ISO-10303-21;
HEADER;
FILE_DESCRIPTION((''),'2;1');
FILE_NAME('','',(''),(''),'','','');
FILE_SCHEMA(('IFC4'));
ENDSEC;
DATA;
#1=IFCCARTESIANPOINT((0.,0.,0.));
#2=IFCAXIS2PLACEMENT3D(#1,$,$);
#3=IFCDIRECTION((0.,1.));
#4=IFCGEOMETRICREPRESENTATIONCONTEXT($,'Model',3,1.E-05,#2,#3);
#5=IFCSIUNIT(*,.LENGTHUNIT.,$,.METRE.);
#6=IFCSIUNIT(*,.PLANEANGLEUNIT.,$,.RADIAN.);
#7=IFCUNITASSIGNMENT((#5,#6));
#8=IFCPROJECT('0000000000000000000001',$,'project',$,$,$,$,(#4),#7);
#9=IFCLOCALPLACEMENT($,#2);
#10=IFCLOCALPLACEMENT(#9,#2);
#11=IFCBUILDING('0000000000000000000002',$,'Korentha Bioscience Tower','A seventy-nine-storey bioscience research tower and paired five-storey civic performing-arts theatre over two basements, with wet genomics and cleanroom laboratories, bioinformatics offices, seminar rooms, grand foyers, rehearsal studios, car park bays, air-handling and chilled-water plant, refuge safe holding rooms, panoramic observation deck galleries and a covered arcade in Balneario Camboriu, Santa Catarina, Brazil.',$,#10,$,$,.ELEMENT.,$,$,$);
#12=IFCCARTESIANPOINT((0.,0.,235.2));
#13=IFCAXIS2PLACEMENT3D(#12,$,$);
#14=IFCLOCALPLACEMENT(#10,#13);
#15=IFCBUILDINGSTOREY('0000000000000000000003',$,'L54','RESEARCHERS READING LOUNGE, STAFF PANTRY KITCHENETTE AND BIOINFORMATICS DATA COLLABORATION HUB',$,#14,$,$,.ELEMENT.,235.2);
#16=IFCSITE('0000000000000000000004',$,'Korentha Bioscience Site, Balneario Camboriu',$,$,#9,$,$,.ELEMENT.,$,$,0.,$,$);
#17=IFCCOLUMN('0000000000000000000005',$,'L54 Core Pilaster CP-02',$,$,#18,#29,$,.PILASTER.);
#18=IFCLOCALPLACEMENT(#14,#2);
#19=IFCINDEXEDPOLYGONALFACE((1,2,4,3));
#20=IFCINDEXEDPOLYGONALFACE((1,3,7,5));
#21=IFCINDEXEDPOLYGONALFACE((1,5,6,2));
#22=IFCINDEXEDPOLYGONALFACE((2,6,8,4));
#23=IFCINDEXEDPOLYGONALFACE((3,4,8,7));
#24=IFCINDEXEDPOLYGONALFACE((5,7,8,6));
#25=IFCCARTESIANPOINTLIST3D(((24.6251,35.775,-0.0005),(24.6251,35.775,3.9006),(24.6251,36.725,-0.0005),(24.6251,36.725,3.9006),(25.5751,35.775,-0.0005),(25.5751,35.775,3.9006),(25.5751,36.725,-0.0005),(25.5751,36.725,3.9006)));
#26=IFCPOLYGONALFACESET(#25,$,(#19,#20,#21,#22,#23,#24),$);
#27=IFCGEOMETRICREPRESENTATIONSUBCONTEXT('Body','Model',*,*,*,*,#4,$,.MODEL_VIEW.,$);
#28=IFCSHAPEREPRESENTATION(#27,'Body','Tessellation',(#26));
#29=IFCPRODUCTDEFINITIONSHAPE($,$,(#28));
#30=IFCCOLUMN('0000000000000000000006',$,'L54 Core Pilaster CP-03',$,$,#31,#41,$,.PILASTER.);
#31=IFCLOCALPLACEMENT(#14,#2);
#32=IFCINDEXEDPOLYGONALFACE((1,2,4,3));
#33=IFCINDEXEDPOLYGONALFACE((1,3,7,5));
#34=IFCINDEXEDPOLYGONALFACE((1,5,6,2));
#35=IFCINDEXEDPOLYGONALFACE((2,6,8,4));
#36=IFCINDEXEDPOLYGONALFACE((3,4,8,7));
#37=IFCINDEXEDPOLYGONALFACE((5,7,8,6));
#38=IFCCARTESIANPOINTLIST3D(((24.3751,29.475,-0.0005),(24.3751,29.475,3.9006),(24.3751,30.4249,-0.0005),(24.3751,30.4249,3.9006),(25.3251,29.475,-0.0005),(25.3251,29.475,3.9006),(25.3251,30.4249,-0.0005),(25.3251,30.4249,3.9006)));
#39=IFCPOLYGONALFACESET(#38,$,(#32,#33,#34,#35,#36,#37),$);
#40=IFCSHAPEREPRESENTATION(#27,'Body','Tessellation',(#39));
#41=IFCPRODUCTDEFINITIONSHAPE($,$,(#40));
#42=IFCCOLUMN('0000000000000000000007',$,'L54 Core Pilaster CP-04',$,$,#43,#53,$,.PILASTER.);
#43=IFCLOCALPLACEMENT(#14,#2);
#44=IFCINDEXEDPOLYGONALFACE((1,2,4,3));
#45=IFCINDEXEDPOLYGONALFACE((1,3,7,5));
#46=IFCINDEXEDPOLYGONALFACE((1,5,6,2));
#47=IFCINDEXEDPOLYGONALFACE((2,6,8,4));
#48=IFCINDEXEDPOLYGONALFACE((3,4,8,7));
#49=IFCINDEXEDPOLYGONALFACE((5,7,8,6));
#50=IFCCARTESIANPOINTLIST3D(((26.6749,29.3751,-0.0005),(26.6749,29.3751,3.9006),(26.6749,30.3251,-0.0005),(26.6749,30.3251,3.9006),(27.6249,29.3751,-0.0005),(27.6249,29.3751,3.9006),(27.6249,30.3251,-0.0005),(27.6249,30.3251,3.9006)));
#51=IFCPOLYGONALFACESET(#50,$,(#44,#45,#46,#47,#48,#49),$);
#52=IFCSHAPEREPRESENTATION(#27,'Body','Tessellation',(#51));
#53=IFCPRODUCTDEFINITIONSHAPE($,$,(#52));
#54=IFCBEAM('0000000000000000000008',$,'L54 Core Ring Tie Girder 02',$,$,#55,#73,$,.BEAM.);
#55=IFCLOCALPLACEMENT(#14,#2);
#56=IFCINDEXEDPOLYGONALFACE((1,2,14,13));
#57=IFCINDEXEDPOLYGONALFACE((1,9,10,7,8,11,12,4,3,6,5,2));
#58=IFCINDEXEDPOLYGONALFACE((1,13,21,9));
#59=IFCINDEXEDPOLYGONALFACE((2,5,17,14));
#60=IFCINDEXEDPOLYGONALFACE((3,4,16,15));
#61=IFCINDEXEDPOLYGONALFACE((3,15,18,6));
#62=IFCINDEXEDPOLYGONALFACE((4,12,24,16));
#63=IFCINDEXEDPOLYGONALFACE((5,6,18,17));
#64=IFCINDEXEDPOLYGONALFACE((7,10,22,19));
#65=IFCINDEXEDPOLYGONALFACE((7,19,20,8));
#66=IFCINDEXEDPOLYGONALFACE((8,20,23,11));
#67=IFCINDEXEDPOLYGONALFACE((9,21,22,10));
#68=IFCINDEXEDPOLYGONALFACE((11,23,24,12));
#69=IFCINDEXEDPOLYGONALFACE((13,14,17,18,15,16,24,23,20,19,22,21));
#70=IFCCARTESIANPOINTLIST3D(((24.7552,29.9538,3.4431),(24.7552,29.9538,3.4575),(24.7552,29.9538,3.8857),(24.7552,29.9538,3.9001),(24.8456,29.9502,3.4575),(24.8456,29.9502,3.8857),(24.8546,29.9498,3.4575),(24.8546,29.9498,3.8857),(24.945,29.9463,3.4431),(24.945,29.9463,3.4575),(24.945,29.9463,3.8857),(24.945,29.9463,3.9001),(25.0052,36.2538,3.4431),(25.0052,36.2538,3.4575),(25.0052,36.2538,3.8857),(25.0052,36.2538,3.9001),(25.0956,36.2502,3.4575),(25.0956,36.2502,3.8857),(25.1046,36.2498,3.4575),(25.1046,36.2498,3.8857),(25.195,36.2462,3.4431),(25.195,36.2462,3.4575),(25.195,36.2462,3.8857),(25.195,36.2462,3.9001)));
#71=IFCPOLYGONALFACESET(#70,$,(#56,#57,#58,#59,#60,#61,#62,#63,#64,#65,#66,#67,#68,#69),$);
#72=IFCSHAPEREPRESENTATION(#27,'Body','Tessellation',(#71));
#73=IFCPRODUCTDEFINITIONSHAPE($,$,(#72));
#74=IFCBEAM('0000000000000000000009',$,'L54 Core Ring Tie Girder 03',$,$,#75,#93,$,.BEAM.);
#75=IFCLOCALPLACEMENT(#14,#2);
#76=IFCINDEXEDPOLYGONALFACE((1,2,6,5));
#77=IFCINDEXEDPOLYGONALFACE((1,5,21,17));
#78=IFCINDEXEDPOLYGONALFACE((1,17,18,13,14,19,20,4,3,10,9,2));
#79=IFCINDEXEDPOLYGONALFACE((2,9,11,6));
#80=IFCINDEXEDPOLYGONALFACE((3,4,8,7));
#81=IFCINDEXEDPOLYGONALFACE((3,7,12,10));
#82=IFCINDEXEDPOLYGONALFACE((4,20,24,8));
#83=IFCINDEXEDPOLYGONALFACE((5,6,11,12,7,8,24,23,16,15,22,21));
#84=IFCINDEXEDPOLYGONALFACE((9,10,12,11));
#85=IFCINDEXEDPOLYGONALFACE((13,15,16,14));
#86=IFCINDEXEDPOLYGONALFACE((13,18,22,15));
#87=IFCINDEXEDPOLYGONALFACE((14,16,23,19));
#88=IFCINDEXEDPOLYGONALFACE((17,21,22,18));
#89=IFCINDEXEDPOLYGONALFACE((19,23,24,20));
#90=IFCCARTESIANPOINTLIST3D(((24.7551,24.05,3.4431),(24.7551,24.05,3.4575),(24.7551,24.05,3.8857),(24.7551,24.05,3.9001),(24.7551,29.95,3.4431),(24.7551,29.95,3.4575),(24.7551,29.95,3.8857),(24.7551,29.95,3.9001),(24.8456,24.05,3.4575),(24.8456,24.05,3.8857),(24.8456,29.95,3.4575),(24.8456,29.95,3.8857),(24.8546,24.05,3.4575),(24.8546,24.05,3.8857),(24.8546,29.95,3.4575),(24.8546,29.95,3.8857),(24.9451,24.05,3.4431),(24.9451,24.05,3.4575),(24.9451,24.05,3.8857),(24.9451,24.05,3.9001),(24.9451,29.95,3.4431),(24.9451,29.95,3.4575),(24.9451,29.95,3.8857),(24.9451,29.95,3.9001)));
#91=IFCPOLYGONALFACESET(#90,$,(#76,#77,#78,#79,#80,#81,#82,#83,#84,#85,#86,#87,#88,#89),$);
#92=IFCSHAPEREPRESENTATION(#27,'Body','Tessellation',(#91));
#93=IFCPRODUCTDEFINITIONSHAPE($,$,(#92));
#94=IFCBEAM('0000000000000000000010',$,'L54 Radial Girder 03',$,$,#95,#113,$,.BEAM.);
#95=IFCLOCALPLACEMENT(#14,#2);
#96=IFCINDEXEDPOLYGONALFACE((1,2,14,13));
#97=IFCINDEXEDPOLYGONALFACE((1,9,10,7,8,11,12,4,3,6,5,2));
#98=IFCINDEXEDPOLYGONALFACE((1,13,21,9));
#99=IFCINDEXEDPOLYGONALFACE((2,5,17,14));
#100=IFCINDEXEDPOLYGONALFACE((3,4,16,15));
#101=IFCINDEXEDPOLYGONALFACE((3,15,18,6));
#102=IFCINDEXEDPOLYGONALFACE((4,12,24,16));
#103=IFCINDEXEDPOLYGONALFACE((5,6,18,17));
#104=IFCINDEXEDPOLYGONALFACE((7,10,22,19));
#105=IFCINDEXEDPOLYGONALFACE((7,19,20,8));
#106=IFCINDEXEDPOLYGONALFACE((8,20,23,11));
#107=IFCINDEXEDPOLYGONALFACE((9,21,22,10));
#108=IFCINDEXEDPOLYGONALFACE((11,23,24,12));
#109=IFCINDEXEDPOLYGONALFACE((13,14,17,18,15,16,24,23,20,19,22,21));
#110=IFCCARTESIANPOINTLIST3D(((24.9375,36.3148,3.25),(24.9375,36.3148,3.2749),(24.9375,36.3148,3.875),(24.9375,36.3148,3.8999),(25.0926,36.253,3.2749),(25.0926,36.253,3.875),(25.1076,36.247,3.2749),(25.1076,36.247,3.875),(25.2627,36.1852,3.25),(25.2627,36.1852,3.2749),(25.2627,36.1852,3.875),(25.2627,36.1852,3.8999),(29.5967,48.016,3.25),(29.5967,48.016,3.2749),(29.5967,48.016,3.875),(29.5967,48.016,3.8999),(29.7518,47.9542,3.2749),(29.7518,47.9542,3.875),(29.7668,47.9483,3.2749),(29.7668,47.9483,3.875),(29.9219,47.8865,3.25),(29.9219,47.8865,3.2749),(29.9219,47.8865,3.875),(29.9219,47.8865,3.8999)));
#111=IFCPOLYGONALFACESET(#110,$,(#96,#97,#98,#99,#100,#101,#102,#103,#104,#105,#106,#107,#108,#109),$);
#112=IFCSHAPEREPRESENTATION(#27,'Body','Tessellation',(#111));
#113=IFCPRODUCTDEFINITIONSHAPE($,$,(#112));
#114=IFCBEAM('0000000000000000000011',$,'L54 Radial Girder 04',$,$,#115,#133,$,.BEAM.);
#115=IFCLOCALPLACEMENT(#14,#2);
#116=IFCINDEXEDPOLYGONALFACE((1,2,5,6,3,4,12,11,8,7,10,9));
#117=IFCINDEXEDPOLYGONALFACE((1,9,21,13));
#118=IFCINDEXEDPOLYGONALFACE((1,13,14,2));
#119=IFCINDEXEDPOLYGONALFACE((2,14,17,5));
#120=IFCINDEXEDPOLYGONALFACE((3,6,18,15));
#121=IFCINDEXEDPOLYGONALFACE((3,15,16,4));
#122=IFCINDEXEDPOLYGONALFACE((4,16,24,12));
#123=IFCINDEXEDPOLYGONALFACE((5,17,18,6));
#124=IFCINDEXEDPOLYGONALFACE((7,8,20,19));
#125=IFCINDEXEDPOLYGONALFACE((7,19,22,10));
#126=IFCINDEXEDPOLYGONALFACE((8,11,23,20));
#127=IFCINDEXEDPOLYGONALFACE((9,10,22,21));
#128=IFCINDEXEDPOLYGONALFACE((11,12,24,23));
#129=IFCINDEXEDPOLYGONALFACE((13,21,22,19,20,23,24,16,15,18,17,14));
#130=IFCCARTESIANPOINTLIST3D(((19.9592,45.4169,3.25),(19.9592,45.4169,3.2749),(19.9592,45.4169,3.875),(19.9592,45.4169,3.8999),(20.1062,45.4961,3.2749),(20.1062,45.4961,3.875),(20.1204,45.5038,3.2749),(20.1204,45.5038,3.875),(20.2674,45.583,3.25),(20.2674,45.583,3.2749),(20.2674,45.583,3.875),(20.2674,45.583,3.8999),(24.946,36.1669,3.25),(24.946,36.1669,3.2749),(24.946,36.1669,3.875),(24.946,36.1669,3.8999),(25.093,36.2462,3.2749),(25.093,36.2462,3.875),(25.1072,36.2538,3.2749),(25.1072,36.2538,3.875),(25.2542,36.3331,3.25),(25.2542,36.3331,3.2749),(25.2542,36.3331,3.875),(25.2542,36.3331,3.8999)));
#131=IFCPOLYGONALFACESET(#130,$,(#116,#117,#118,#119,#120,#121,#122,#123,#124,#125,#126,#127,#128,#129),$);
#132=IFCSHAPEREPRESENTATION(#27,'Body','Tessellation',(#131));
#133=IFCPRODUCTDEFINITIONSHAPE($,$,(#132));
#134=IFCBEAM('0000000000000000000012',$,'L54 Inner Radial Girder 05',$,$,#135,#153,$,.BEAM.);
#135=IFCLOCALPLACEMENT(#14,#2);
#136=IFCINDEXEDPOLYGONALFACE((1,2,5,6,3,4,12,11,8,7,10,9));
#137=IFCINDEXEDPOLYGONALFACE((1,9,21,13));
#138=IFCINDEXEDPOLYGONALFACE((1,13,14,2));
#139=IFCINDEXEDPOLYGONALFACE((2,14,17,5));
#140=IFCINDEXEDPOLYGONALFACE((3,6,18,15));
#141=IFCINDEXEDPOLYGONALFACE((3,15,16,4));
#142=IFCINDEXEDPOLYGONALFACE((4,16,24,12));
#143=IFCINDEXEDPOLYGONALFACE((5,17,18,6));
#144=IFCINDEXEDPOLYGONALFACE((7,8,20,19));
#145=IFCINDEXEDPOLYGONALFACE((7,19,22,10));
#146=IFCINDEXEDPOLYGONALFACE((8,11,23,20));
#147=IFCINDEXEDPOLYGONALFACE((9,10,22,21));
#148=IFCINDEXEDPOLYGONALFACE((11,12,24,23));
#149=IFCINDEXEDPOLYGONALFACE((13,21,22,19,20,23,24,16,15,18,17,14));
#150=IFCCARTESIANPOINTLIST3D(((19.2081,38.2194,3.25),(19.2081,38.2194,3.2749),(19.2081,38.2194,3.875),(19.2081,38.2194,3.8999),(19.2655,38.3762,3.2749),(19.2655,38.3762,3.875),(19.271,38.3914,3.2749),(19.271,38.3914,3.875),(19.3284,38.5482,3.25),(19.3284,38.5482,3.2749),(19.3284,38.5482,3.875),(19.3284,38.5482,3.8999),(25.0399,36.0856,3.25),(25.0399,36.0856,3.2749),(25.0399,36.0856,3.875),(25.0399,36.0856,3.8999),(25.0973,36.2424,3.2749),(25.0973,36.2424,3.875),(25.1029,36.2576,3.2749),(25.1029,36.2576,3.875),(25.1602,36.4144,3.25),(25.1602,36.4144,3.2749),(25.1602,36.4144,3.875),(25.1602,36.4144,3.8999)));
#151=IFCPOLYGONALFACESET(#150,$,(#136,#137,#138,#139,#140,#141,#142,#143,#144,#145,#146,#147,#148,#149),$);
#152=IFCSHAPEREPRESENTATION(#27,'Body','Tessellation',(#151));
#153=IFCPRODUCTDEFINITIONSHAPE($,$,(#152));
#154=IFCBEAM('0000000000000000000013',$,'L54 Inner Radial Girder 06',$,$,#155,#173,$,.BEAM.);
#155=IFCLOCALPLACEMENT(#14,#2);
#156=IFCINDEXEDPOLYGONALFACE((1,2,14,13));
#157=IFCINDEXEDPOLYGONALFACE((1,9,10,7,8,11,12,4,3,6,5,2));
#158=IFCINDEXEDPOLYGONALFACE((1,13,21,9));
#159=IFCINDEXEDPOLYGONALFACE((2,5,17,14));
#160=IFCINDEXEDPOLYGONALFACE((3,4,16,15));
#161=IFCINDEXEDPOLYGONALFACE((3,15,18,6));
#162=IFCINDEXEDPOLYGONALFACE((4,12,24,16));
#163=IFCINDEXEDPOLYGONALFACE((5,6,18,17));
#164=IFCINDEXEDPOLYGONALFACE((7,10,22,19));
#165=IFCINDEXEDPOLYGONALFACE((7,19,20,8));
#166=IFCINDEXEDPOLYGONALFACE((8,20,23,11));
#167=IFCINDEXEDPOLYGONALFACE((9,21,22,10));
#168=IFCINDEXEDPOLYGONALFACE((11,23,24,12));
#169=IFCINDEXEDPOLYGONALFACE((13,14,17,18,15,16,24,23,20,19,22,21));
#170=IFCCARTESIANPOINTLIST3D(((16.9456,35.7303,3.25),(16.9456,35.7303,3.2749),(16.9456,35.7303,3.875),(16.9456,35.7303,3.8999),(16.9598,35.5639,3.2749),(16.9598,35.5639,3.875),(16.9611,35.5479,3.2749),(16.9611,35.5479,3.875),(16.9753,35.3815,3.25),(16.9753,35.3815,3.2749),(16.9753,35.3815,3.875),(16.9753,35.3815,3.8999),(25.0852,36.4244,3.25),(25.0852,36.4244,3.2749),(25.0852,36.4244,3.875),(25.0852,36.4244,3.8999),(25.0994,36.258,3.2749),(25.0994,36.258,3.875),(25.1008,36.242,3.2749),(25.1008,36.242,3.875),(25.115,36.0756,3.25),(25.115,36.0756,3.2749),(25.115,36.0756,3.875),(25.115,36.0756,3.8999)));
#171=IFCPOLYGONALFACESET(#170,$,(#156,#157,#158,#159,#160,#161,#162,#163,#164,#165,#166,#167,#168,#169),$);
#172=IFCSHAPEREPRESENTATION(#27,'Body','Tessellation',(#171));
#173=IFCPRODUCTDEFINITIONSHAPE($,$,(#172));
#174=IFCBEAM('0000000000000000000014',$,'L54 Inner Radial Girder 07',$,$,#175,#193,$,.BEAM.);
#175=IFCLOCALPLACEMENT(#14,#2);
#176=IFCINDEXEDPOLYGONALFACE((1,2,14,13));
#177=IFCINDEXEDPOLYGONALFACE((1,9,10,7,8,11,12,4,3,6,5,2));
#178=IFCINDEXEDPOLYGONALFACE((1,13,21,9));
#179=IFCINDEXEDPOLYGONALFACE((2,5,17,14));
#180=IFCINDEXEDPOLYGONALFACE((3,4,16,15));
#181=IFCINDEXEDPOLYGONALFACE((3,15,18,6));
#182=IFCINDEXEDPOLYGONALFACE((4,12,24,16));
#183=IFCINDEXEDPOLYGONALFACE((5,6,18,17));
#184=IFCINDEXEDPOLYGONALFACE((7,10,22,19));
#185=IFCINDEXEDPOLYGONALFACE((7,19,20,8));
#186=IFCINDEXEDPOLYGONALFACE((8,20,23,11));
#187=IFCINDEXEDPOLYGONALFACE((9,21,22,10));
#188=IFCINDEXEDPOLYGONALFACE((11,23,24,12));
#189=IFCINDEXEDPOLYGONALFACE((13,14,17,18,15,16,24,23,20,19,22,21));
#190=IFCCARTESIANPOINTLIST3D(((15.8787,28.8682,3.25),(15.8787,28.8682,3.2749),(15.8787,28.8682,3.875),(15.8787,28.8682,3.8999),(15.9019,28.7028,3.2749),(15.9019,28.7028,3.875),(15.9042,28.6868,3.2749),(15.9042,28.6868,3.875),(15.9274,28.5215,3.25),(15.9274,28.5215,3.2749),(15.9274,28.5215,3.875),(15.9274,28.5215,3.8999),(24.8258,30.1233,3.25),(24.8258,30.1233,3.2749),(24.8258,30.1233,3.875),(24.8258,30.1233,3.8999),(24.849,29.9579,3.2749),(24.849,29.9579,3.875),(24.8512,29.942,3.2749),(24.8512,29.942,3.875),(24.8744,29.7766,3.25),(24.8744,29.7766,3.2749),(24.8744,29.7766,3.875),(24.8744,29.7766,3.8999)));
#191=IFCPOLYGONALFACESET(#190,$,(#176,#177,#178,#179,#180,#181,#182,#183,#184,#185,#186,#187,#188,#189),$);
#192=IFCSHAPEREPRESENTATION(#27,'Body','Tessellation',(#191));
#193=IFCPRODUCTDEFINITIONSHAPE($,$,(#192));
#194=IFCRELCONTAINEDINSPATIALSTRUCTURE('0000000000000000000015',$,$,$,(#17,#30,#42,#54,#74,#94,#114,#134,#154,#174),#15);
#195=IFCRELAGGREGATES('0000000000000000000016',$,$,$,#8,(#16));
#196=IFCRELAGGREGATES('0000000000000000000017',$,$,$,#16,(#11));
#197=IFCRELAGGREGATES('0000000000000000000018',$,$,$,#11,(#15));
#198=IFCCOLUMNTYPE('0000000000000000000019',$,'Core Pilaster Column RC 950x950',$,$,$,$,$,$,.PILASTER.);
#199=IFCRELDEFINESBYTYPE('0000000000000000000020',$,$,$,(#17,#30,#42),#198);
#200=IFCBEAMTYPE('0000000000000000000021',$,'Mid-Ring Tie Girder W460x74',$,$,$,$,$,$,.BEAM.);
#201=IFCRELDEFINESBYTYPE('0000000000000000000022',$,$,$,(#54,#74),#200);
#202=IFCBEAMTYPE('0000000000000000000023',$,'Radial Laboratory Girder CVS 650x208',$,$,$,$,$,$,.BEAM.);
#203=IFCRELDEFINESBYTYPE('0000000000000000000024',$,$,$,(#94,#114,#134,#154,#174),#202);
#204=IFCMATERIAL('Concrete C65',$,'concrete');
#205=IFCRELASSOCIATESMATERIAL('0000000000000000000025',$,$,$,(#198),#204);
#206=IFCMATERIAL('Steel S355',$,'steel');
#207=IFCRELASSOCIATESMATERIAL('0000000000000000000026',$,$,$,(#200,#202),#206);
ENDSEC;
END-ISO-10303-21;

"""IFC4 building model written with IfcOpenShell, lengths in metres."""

from ifc_helpers import new_model, si_unit, direction, frame, origin, origin_2d, place, context, subcontext, project, spatial, rectangle, i_section, extrude, material, material_profile, profile_set, type_object, element, save


model = new_model("IFC4")

# Units and contexts
model_context = context("Model", 3, precision=1e-05, world=origin(), true_north=direction((0.0, 1.0)))
body_context = subcontext(model_context, "Body", "Model", "MODEL_VIEW")
ifc_project = project(units=[si_unit("LENGTHUNIT", "METRE"), si_unit("PLANEANGLEUNIT", "RADIAN")], contexts=[model_context])

# Site, building, storey
site_placement = place(None, origin())
site = spatial("IfcSite", under=ifc_project, at=site_placement, Name="Korentha Bioscience Site, Balneario Camboriu", CompositionType="ELEMENT", RefElevation=0.0)
building_placement = place(site_placement, origin())
building = spatial("IfcBuilding", under=site, at=building_placement, Name="Korentha Bioscience Tower", Description="A seventy-nine-storey bioscience research tower and paired five-storey civic performing-arts theatre over two basements, with wet genomics and cleanroom laboratories, bioinformatics offices, seminar rooms, grand foyers, rehearsal studios, car park bays, air-handling and chilled-water plant, refuge safe holding rooms, panoramic observation deck galleries and a covered arcade in Balneario Camboriu, Santa Catarina, Brazil.", CompositionType="ELEMENT")
storey_placement = place(building_placement, frame((0.0, 0.0, 235.2)))
storey = spatial("IfcBuildingStorey", under=building, at=storey_placement, Name="L54", Description="RESEARCHERS READING LOUNGE, STAFF PANTRY KITCHENETTE AND BIOINFORMATICS DATA COLLABORATION HUB", CompositionType="ELEMENT", Elevation=235.2)

# Columns
ifc_material_1 = material(Name="Concrete C65", Category="concrete")
ifc_material_profile_1 = material_profile(ifc_material_1, rectangle(XDim=0.95, YDim=0.95, at=origin_2d()), Name="Concrete C65")
ifc_profile_set_1 = profile_set([ifc_material_profile_1], Name="Concrete C65 (COL-CP09)")
column_type = type_object("IfcColumnType", Name="Core Pilaster Column RC 950x950", PredefinedType="PILASTER", material=ifc_profile_set_1)
for number, where, z_axis, x_axis, name in (
    (1, (25.1001, 36.25, -0.0005), (0.0, 0.0, 1.0), (1.0, 0.0, 0.0), "L54 Core Pilaster CP-02"),
    (2, (24.8501, 29.95, -0.0005), (0.0, 0.0, 1.0), (1.0, 0.0, 0.0), "L54 Core Pilaster CP-03"),
    (3, (27.1499, 29.8501, -0.0005), (0.0, 0.0, 1.0), (1.0, 0.0, 0.0), "L54 Core Pilaster CP-04"),
):
    element("IfcColumn", number, at=place(storey_placement, frame(where, z_axis=z_axis, x_axis=x_axis)), inside=storey, type_object=column_type, Name=name, PredefinedType="PILASTER", context=body_context, shape_type="SweptSolid", body=[
        extrude(rectangle(XDim=0.95, YDim=0.95, at=origin_2d()), origin(), (0.0, 0.0, 1.0), 3.9011),
    ])

# Beams
ifc_material_2 = material(Name="Steel S355", Category="steel")
ifc_material_profile_2 = material_profile(ifc_material_2, i_section(OverallWidth=0.1899, OverallDepth=0.457, WebThickness=0.009, FlangeThickness=0.0144, at=origin_2d()), Name="Steel S355")
ifc_profile_set_2 = profile_set([ifc_material_profile_2], Name="Steel S355 (MB-460)")
beam_type_1 = type_object("IfcBeamType", Name="Mid-Ring Tie Girder W460x74", PredefinedType="BEAM", material=ifc_profile_set_2)
beam_1_placement = place(storey_placement, frame((25.1001, 36.25, 3.6716), z_axis=(-0.039651, -0.999214, 0.0), x_axis=(0.999214, -0.039651, 0.0)))
element("IfcBeam", 4, at=beam_1_placement, inside=storey, type_object=beam_type_1, Name="L54 Core Ring Tie Girder 02", PredefinedType="BEAM", context=body_context, shape_type="SweptSolid", body=[
    extrude(i_section(OverallWidth=0.1899, OverallDepth=0.457, WebThickness=0.009, FlangeThickness=0.0144, at=origin_2d()), origin(), (0.0, 0.0, 1.0), 6.3049),
])
beam_2_placement = place(storey_placement, frame((24.8501, 29.95, 3.6716), z_axis=(0.0, -1.0, 0.0), x_axis=(1.0, 0.0, 0.0)))
element("IfcBeam", 5, at=beam_2_placement, inside=storey, type_object=beam_type_1, Name="L54 Core Ring Tie Girder 03", PredefinedType="BEAM", context=body_context, shape_type="SweptSolid", body=[
    extrude(i_section(OverallWidth=0.1899, OverallDepth=0.457, WebThickness=0.009, FlangeThickness=0.0144, at=origin_2d()), origin(), (0.0, 0.0, 1.0), 5.8999),
])
ifc_material_profile_3 = material_profile(ifc_material_2, i_section(OverallWidth=0.3501, OverallDepth=0.6499, WebThickness=0.0161, FlangeThickness=0.0249, at=origin_2d()), Name="Steel S355")
ifc_profile_set_3 = profile_set([ifc_material_profile_3], Name="Steel S355 (RB-650)")
beam_type_2 = type_object("IfcBeamType", Name="Radial Laboratory Girder CVS 650x208", PredefinedType="BEAM", material=ifc_profile_set_3)
beam_3_placement = place(storey_placement, frame((25.1001, 36.25, 3.575), z_axis=(0.369933, 0.929058, 0.0), x_axis=(-0.929058, 0.369933, 0.0)))
element("IfcBeam", 6, at=beam_3_placement, inside=storey, type_object=beam_type_2, Name="L54 Radial Girder 03", PredefinedType="BEAM", context=body_context, shape_type="SweptSolid", body=[
    extrude(i_section(OverallWidth=0.3501, OverallDepth=0.6499, WebThickness=0.0161, FlangeThickness=0.0249, at=origin_2d()), origin(), (0.0, 0.0, 1.0), 12.5947),
])
beam_4_placement = place(storey_placement, frame((25.1001, 36.25, 3.575), z_axis=(-0.474546, 0.880231, 0.0), x_axis=(-0.880231, -0.474546, 0.0)))
element("IfcBeam", 7, at=beam_4_placement, inside=storey, type_object=beam_type_2, Name="L54 Radial Girder 04", PredefinedType="BEAM", context=body_context, shape_type="SweptSolid", body=[
    extrude(i_section(OverallWidth=0.3501, OverallDepth=0.6499, WebThickness=0.0161, FlangeThickness=0.0249, at=origin_2d()), origin(), (0.0, 0.0, 1.0), 10.5085),
])
beam_5_placement = place(storey_placement, frame((25.1001, 36.25, 3.575), z_axis=(-0.939112, 0.343611, 0.0), x_axis=(-0.343611, -0.939112, 0.0)))
element("IfcBeam", 8, at=beam_5_placement, inside=storey, type_object=beam_type_2, Name="L54 Inner Radial Girder 05", PredefinedType="BEAM", context=body_context, shape_type="SweptSolid", body=[
    extrude(i_section(OverallWidth=0.3501, OverallDepth=0.6499, WebThickness=0.0161, FlangeThickness=0.0249, at=origin_2d()), origin(), (0.0, 0.0, 1.0), 6.21),
])
beam_6_placement = place(storey_placement, frame((25.1001, 36.25, 3.575), z_axis=(-0.996384, -0.084965, 0.0), x_axis=(0.084965, -0.996384, 0.0)))
element("IfcBeam", 9, at=beam_6_placement, inside=storey, type_object=beam_type_2, Name="L54 Inner Radial Girder 06", PredefinedType="BEAM", context=body_context, shape_type="SweptSolid", body=[
    extrude(i_section(OverallWidth=0.3501, OverallDepth=0.6499, WebThickness=0.0161, FlangeThickness=0.0249, at=origin_2d()), origin(), (0.0, 0.0, 1.0), 8.1692),
])
beam_7_placement = place(storey_placement, frame((24.8501, 29.95, 3.575), z_axis=(-0.990303, -0.138924, 0.0), x_axis=(0.138924, -0.990303, 0.0)))
element("IfcBeam", 10, at=beam_7_placement, inside=storey, type_object=beam_type_2, Name="L54 Inner Radial Girder 07", PredefinedType="BEAM", context=body_context, shape_type="SweptSolid", body=[
    extrude(i_section(OverallWidth=0.3501, OverallDepth=0.6499, WebThickness=0.0161, FlangeThickness=0.0249, at=origin_2d()), origin(), (0.0, 0.0, 1.0), 9.0347),
])

save(model, "model.ifc")
